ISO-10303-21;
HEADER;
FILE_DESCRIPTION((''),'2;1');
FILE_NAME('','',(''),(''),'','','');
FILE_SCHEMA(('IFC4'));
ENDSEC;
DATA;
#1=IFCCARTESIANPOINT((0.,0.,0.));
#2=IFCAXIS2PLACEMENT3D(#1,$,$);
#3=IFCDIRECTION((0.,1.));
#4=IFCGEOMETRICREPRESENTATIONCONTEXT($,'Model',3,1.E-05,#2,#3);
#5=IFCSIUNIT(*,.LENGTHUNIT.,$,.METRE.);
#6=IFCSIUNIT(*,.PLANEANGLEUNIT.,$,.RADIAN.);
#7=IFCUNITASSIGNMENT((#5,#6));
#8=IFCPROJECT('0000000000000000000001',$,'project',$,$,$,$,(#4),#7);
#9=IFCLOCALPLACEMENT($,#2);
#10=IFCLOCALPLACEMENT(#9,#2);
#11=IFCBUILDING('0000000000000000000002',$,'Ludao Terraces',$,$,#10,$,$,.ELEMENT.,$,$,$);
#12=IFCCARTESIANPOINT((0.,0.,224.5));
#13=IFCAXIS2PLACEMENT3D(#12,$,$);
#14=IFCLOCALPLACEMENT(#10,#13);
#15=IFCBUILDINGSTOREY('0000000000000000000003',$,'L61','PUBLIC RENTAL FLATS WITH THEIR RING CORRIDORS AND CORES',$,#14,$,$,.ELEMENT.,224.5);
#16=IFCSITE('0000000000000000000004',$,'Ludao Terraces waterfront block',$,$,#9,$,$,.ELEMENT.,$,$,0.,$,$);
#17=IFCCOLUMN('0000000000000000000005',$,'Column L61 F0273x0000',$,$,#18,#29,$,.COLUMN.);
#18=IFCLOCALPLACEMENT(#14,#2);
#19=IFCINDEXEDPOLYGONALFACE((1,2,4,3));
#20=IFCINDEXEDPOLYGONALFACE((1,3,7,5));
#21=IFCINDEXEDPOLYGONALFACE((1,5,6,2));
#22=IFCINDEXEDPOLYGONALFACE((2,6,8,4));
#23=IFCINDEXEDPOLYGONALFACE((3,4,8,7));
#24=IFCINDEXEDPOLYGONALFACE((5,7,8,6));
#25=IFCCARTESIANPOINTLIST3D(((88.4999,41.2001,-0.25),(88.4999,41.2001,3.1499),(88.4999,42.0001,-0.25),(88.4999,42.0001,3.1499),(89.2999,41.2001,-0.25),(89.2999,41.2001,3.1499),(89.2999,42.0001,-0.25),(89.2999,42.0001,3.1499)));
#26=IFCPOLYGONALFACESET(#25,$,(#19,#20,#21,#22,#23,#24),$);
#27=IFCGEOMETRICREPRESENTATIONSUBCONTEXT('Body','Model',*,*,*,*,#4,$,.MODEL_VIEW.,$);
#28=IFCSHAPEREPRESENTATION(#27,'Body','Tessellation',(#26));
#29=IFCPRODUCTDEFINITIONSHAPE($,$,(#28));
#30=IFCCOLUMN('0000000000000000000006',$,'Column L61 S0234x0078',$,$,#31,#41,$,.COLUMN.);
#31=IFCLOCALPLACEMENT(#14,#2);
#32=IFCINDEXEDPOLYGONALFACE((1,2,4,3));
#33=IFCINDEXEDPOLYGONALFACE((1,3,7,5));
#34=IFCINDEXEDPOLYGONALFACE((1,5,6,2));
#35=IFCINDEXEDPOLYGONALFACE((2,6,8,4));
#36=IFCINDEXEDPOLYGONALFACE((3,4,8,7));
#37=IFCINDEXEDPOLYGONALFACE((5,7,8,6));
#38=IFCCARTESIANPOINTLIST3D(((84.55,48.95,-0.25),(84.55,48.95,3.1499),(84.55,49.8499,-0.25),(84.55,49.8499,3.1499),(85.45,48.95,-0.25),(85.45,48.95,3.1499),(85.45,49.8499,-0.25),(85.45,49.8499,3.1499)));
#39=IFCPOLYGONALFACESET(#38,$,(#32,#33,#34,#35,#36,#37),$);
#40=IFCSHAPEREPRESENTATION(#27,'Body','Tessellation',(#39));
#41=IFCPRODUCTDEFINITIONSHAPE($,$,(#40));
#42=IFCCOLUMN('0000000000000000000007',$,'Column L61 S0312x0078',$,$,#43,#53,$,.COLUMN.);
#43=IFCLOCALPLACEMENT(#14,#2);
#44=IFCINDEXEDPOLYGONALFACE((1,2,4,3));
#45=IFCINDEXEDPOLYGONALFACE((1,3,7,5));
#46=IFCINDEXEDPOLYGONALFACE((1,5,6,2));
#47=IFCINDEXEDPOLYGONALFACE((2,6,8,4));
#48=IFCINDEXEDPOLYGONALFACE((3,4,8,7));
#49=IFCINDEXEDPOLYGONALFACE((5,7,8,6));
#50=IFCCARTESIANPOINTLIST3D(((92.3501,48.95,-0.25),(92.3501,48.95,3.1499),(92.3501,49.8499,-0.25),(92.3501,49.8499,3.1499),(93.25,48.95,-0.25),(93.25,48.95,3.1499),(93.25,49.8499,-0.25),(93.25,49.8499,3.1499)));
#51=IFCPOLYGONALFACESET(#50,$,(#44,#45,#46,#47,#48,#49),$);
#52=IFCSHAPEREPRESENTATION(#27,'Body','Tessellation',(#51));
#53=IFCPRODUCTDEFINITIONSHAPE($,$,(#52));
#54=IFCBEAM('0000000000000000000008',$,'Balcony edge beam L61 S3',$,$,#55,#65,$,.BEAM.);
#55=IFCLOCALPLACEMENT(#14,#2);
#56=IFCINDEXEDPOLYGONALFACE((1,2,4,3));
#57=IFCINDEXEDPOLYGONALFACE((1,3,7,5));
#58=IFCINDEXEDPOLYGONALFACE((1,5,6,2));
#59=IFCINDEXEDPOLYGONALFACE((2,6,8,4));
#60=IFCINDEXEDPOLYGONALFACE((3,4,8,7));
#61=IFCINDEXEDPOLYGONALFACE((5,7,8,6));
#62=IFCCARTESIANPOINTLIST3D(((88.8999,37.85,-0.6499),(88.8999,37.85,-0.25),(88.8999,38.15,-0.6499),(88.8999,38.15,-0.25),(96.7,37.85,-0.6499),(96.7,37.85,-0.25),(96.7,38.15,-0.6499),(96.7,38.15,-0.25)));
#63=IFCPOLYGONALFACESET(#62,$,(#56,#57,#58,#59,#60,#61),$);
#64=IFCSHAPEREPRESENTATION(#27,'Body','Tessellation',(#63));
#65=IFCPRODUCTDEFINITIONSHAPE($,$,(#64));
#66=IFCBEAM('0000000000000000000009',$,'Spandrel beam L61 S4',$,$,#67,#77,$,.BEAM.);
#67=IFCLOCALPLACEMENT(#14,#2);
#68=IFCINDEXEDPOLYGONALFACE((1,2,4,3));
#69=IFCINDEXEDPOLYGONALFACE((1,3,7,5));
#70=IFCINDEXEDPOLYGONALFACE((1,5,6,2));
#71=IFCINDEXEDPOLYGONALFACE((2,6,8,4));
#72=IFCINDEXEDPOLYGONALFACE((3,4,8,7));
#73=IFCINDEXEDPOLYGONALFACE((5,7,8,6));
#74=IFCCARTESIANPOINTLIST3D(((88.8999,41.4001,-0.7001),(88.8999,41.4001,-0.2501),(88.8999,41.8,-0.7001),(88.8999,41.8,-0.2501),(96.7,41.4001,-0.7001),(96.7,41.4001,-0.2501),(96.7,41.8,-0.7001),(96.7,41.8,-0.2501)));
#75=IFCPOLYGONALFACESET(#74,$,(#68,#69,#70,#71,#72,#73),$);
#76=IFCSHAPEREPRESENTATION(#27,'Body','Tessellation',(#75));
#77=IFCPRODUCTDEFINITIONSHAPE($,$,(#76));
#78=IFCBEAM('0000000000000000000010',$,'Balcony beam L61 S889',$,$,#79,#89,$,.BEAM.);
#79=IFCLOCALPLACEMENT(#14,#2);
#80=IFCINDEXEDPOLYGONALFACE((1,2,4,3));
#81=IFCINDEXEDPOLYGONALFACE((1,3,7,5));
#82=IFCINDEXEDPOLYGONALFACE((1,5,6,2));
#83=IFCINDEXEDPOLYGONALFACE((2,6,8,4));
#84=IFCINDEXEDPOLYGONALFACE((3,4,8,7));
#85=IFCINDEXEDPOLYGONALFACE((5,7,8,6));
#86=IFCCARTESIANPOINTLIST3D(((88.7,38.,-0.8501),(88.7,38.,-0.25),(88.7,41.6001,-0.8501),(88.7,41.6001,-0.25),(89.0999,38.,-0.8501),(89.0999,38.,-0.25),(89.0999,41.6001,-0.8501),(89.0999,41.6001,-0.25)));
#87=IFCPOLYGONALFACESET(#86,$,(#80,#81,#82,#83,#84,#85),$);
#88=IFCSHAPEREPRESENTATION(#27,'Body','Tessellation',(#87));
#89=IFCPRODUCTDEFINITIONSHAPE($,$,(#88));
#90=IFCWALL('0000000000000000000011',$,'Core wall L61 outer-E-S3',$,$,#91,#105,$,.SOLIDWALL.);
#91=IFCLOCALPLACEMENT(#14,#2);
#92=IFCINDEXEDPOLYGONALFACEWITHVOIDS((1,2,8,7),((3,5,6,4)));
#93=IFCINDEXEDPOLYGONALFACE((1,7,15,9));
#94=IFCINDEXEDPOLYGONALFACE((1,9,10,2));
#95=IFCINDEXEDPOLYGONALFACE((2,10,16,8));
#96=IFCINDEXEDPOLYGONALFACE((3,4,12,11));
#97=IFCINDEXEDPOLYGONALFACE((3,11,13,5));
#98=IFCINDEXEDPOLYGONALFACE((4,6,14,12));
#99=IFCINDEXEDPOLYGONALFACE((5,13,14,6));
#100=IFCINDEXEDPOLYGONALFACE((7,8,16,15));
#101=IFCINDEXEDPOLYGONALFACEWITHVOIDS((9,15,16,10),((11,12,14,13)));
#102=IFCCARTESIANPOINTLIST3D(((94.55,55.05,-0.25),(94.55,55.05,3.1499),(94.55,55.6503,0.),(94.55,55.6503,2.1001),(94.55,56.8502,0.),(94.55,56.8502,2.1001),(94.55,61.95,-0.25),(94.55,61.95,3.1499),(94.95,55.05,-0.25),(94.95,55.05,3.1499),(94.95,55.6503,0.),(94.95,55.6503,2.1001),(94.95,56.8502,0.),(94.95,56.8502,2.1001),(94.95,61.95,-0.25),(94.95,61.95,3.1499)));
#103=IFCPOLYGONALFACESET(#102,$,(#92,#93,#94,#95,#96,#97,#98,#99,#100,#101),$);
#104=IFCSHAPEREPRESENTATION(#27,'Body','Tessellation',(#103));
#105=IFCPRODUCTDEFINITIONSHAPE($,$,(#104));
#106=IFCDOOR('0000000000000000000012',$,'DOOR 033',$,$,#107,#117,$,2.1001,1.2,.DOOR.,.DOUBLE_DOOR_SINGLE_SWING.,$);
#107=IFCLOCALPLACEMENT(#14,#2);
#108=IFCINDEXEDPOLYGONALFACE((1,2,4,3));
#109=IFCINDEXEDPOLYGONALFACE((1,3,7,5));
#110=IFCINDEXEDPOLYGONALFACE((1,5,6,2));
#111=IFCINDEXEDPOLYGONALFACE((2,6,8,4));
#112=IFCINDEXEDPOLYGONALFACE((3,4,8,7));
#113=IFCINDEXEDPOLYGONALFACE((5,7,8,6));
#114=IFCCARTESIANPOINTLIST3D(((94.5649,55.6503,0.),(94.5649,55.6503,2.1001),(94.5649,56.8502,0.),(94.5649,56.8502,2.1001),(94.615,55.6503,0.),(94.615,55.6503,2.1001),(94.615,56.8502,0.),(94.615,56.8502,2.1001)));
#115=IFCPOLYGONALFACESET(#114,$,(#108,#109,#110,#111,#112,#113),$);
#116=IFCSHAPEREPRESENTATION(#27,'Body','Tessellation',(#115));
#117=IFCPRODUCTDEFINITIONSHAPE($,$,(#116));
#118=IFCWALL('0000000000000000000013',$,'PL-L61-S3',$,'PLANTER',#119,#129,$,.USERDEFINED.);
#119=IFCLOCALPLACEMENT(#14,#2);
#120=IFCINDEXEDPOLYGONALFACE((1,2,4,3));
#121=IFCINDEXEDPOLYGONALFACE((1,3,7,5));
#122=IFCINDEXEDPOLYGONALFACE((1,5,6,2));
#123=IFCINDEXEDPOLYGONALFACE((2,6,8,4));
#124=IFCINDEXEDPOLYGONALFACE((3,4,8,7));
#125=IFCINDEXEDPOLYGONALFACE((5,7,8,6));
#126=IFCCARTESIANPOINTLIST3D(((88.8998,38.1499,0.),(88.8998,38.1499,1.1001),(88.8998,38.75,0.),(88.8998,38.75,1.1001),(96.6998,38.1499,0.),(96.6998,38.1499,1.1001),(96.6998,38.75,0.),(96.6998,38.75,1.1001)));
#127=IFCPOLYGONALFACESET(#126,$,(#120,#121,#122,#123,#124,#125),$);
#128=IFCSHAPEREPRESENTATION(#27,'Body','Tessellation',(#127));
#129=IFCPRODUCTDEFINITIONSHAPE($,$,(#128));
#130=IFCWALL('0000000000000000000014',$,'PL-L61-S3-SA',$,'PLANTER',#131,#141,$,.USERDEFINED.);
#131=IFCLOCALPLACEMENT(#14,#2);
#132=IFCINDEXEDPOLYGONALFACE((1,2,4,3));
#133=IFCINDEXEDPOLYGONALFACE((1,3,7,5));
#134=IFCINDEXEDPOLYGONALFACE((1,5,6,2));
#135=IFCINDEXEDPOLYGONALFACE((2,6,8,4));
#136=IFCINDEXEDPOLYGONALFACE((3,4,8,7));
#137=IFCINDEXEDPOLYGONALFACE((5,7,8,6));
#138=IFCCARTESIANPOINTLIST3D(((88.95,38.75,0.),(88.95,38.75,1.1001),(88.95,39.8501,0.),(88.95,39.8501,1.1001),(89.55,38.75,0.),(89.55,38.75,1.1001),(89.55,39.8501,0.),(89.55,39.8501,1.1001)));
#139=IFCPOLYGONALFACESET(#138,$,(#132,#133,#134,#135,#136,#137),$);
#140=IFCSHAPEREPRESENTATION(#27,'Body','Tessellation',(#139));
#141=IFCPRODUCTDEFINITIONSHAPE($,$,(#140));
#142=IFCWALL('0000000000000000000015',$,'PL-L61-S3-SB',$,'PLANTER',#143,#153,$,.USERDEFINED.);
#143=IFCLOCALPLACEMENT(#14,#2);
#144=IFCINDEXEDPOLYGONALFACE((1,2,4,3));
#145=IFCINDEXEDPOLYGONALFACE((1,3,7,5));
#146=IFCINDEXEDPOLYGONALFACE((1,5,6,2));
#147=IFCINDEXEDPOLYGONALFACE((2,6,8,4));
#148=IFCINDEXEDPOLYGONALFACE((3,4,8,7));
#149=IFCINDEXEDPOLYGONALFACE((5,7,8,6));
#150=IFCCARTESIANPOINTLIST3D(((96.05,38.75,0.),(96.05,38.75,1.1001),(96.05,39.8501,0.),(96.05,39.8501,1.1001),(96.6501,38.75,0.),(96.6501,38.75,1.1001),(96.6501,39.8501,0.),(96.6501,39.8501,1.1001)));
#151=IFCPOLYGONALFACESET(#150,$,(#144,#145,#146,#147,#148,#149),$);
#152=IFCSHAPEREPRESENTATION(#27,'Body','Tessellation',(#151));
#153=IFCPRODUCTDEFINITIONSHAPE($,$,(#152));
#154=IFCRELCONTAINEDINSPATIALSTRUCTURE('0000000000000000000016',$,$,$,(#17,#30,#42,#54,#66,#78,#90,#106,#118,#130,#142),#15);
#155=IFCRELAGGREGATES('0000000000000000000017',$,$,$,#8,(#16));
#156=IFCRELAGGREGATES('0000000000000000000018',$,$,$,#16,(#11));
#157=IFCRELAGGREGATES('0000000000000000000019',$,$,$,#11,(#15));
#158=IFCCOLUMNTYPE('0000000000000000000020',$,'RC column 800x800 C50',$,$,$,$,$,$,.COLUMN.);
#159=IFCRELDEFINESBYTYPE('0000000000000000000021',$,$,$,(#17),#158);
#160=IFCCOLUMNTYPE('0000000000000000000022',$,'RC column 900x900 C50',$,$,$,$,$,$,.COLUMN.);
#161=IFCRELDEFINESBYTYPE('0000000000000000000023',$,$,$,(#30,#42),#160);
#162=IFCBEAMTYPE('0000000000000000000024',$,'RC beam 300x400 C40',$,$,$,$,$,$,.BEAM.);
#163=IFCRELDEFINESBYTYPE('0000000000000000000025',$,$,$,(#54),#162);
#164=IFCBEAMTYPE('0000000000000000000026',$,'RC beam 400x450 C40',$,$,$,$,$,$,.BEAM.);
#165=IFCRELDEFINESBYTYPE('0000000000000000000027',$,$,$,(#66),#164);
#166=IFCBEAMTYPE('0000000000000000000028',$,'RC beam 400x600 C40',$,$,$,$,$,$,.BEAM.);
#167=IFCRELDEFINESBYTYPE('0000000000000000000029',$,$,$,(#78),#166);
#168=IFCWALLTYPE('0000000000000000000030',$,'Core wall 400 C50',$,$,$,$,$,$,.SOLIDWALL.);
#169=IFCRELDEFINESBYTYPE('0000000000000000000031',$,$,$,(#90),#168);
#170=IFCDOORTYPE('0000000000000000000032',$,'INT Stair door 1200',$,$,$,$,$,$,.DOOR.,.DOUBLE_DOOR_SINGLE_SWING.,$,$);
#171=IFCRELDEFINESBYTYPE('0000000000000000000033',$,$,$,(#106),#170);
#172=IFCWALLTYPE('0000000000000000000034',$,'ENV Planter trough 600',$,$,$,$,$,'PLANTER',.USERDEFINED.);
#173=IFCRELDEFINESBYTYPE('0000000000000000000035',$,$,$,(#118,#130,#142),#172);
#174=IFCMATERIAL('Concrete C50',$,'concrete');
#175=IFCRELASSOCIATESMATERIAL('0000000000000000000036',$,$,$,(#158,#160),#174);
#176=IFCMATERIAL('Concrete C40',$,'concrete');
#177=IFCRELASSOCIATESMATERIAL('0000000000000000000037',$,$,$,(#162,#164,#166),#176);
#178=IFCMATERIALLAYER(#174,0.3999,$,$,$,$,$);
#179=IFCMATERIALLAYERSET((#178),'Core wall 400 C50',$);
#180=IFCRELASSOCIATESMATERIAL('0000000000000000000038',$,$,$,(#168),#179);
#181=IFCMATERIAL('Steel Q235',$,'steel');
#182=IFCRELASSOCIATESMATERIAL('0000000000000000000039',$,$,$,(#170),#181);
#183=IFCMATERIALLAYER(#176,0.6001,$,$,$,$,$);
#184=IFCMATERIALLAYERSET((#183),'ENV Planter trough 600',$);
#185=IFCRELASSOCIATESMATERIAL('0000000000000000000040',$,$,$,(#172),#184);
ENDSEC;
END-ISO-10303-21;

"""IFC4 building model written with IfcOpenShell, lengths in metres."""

from ifc_helpers import new_model, si_unit, direction, frame, frame_2d, origin, origin_2d, place, context, subcontext, project, spatial, rectangle, extrude, material, layer, layer_set, material_profile, profile_set, type_object, element, fill, save


model = new_model("IFC4")

# Units and contexts
model_context = context("Model", 3, precision=1e-05, world=origin(), true_north=direction((0.0, 1.0)))
body_context = subcontext(model_context, "Body", "Model", "MODEL_VIEW")
ifc_project = project(units=[si_unit("LENGTHUNIT", "METRE"), si_unit("PLANEANGLEUNIT", "RADIAN")], contexts=[model_context])

# Site, building, storey
site_placement = place(None, origin())
site = spatial("IfcSite", under=ifc_project, at=site_placement, Name="Ludao Terraces waterfront block", CompositionType="ELEMENT", RefElevation=0.0)
building_placement = place(site_placement, origin())
building = spatial("IfcBuilding", under=site, at=building_placement, Name="Ludao Terraces", CompositionType="ELEMENT")
storey_placement = place(building_placement, frame((0.0, 0.0, 224.5)))
storey = spatial("IfcBuildingStorey", under=building, at=storey_placement, Name="L61", Description="PUBLIC RENTAL FLATS WITH THEIR RING CORRIDORS AND CORES", CompositionType="ELEMENT", Elevation=224.5)

# Columns
ifc_material_1 = material(Name="Concrete C50", Category="concrete")
ifc_material_profile_1 = material_profile(ifc_material_1, rectangle(XDim=0.8, YDim=0.8, at=origin_2d()), Name="800 X 800")
ifc_profile_set_1 = profile_set([ifc_material_profile_1], Name="Concrete C50")
column_type_1 = type_object("IfcColumnType", Name="RC column 800x800 C50", PredefinedType="COLUMN", material=ifc_profile_set_1)
column_placement = place(storey_placement, frame((88.8999, 41.6001, -0.25), z_axis=(0.0, 0.0, 1.0), x_axis=(1.0, 0.0, 0.0)))
element("IfcColumn", 1, at=column_placement, inside=storey, type_object=column_type_1, Name="Column L61 F0273x0000", PredefinedType="COLUMN", context=body_context, shape_type="SweptSolid", body=[
    extrude(rectangle(XDim=0.8, YDim=0.8, at=origin_2d()), origin(), (0.0, 0.0, 1.0), 3.3999),
])
ifc_material_profile_2 = material_profile(ifc_material_1, rectangle(XDim=0.8999, YDim=0.8999, at=origin_2d()), Name="900 X 900")
ifc_profile_set_2 = profile_set([ifc_material_profile_2], Name="Concrete C50")
column_type_2 = type_object("IfcColumnType", Name="RC column 900x900 C50", PredefinedType="COLUMN", material=ifc_profile_set_2)
for number, where, z_axis, x_axis, name in (
    (2, (85.0, 49.3999, -0.25), (0.0, 0.0, 1.0), (1.0, 0.0, 0.0), "Column L61 S0234x0078"),
    (3, (92.8, 49.3999, -0.25), (0.0, 0.0, 1.0), (1.0, 0.0, 0.0), "Column L61 S0312x0078"),
):
    element("IfcColumn", number, at=place(storey_placement, frame(where, z_axis=z_axis, x_axis=x_axis)), inside=storey, type_object=column_type_2, Name=name, PredefinedType="COLUMN", context=body_context, shape_type="SweptSolid", body=[
        extrude(rectangle(XDim=0.8999, YDim=0.8999, at=origin_2d()), origin(), (0.0, 0.0, 1.0), 3.3999),
    ])

# Beams
ifc_material_2 = material(Name="Concrete C40", Category="concrete")
ifc_material_profile_3 = material_profile(ifc_material_2, rectangle(XDim=0.3, YDim=0.3999, at=origin_2d()), Name="300 X 400")
ifc_profile_set_3 = profile_set([ifc_material_profile_3], Name="Concrete C40")
beam_type_1 = type_object("IfcBeamType", Name="RC beam 300x400 C40", PredefinedType="BEAM", material=ifc_profile_set_3)
beam_1_placement = place(storey_placement, frame((88.8999, 38.0, -0.45), z_axis=(1.0, 0.0, 0.0), x_axis=(0.0, 1.0, 0.0)))
element("IfcBeam", 4, at=beam_1_placement, inside=storey, type_object=beam_type_1, Name="Balcony edge beam L61 S3", PredefinedType="BEAM", context=body_context, shape_type="SweptSolid", body=[
    extrude(rectangle(XDim=0.3, YDim=0.3999, at=origin_2d()), origin(), (0.0, 0.0, 1.0), 7.8),
])
ifc_material_profile_4 = material_profile(ifc_material_2, rectangle(XDim=0.3999, YDim=0.45, at=origin_2d()), Name="400 X 450")
ifc_profile_set_4 = profile_set([ifc_material_profile_4], Name="Concrete C40")
beam_type_2 = type_object("IfcBeamType", Name="RC beam 400x450 C40", PredefinedType="BEAM", material=ifc_profile_set_4)
beam_2_placement = place(storey_placement, frame((88.8999, 41.6001, -0.4751), z_axis=(1.0, 0.0, 0.0), x_axis=(0.0, 1.0, 0.0)))
element("IfcBeam", 5, at=beam_2_placement, inside=storey, type_object=beam_type_2, Name="Spandrel beam L61 S4", PredefinedType="BEAM", context=body_context, shape_type="SweptSolid", body=[
    extrude(rectangle(XDim=0.3999, YDim=0.45, at=origin_2d()), origin(), (0.0, 0.0, 1.0), 7.8),
])
ifc_material_profile_5 = material_profile(ifc_material_2, rectangle(XDim=0.3999, YDim=0.6001, at=origin_2d()), Name="400 X 600")
ifc_profile_set_5 = profile_set([ifc_material_profile_5], Name="Concrete C40")
beam_type_3 = type_object("IfcBeamType", Name="RC beam 400x600 C40", PredefinedType="BEAM", material=ifc_profile_set_5)
beam_3_placement = place(storey_placement, frame((88.8999, 41.6001, -0.55), z_axis=(0.0, -1.0, 0.0), x_axis=(1.0, 0.0, 0.0)))
element("IfcBeam", 6, at=beam_3_placement, inside=storey, type_object=beam_type_3, Name="Balcony beam L61 S889", PredefinedType="BEAM", context=body_context, shape_type="SweptSolid", body=[
    extrude(rectangle(XDim=0.3999, YDim=0.6001, at=origin_2d()), origin(), (0.0, 0.0, 1.0), 3.6001),
])

# Wall, opening, door
ifc_layer_1 = layer(ifc_material_1, 0.3999)
ifc_layer_set_1 = layer_set([ifc_layer_1], Name="Core wall 400 C50")
wall_type_1 = type_object("IfcWallType", Name="Core wall 400 C50", PredefinedType="SOLIDWALL", material=ifc_layer_set_1)
wall_1_placement = place(storey_placement, frame((94.75, 55.05, -0.25), z_axis=(0.0, 0.0, 1.0), x_axis=(0.0, 1.0, 0.0)))
wall_1 = element("IfcWall", 7, at=wall_1_placement, inside=storey, type_object=wall_type_1, Name="Core wall L61 outer-E-S3", PredefinedType="SOLIDWALL", context=body_context, shape_type="SweptSolid", body=[
    extrude(rectangle(XDim=6.8999, YDim=0.3999, at=frame_2d((3.45, 0.0))), origin(), (0.0, 0.0, 1.0), 3.3999),
])
opening_1_placement = place(wall_1_placement, frame((0.6001, 0.0, 0.25)))
opening_1 = element("IfcOpeningElement", 8, at=opening_1_placement, cuts=wall_1, PredefinedType="OPENING", context=body_context, shape_type="SweptSolid", body=[
    extrude(rectangle(XDim=1.2, YDim=2.1001, at=frame_2d((0.6001, 1.05))), frame((0.0, 0.21, 0.0), z_axis=(0.0, -1.0, 0.0), x_axis=(1.0, 0.0, 0.0)), (0.0, 0.0, 1.0), 0.4199),
])
ifc_material_3 = material(Name="Steel Q235", Category="steel")
door_type_1 = type_object("IfcDoorType", Name="INT Stair door 1200", OperationType="DOUBLE_DOOR_SINGLE_SWING", PredefinedType="DOOR", material=ifc_material_3)
door_1_placement = place(opening_1_placement, origin())
door_1 = element("IfcDoor", 9, at=door_1_placement, inside=storey, type_object=door_type_1, Name="DOOR 033", OperationType="DOUBLE_DOOR_SINGLE_SWING", OverallHeight=2.1001, OverallWidth=1.2, PredefinedType="DOOR", context=body_context, shape_type="SweptSolid", body=[
    extrude(rectangle(XDim=1.2, YDim=2.1001, at=frame_2d((0.6001, 1.05))), frame((0.0, 0.1851, 0.0), z_axis=(0.0, -1.0, 0.0), x_axis=(1.0, 0.0, 0.0)), (0.0, 0.0, 1.0), 0.05),
])
fill(opening_1, door_1)

# Walls
ifc_layer_2 = layer(ifc_material_2, 0.6001)
ifc_layer_set_2 = layer_set([ifc_layer_2], Name="ENV Planter trough 600")
wall_type_2 = type_object("IfcWallType", Name="ENV Planter trough 600", ElementType="PLANTER", PredefinedType="USERDEFINED", material=ifc_layer_set_2)
wall_2_placement = place(storey_placement, frame((88.8999, 38.45, 0.0), z_axis=(0.0, 0.0, 1.0), x_axis=(1.0, 0.0, 0.0)))
element("IfcWall", 10, at=wall_2_placement, inside=storey, type_object=wall_type_2, Name="PL-L61-S3", ObjectType="PLANTER", PredefinedType="USERDEFINED", context=body_context, shape_type="SweptSolid", body=[
    extrude(rectangle(XDim=7.8, YDim=0.6001, at=frame_2d((3.8999, 0.0))), origin(), (0.0, 0.0, 1.0), 1.1001),
])
for number, where, z_axis, x_axis, name in (
    (11, (89.25, 38.75, 0.0), (0.0, 0.0, 1.0), (0.0, 1.0, 0.0), "PL-L61-S3-SA"),
    (12, (96.3501, 38.75, 0.0), (0.0, 0.0, 1.0), (0.0, 1.0, 0.0), "PL-L61-S3-SB"),
):
    element("IfcWall", number, at=place(storey_placement, frame(where, z_axis=z_axis, x_axis=x_axis)), inside=storey, type_object=wall_type_2, Name=name, ObjectType="PLANTER", PredefinedType="USERDEFINED", context=body_context, shape_type="SweptSolid", body=[
        extrude(rectangle(XDim=1.1001, YDim=0.6001, at=frame_2d((0.55, 0.0))), origin(), (0.0, 0.0, 1.0), 1.1001),
    ])

save(model, "model.ifc")
